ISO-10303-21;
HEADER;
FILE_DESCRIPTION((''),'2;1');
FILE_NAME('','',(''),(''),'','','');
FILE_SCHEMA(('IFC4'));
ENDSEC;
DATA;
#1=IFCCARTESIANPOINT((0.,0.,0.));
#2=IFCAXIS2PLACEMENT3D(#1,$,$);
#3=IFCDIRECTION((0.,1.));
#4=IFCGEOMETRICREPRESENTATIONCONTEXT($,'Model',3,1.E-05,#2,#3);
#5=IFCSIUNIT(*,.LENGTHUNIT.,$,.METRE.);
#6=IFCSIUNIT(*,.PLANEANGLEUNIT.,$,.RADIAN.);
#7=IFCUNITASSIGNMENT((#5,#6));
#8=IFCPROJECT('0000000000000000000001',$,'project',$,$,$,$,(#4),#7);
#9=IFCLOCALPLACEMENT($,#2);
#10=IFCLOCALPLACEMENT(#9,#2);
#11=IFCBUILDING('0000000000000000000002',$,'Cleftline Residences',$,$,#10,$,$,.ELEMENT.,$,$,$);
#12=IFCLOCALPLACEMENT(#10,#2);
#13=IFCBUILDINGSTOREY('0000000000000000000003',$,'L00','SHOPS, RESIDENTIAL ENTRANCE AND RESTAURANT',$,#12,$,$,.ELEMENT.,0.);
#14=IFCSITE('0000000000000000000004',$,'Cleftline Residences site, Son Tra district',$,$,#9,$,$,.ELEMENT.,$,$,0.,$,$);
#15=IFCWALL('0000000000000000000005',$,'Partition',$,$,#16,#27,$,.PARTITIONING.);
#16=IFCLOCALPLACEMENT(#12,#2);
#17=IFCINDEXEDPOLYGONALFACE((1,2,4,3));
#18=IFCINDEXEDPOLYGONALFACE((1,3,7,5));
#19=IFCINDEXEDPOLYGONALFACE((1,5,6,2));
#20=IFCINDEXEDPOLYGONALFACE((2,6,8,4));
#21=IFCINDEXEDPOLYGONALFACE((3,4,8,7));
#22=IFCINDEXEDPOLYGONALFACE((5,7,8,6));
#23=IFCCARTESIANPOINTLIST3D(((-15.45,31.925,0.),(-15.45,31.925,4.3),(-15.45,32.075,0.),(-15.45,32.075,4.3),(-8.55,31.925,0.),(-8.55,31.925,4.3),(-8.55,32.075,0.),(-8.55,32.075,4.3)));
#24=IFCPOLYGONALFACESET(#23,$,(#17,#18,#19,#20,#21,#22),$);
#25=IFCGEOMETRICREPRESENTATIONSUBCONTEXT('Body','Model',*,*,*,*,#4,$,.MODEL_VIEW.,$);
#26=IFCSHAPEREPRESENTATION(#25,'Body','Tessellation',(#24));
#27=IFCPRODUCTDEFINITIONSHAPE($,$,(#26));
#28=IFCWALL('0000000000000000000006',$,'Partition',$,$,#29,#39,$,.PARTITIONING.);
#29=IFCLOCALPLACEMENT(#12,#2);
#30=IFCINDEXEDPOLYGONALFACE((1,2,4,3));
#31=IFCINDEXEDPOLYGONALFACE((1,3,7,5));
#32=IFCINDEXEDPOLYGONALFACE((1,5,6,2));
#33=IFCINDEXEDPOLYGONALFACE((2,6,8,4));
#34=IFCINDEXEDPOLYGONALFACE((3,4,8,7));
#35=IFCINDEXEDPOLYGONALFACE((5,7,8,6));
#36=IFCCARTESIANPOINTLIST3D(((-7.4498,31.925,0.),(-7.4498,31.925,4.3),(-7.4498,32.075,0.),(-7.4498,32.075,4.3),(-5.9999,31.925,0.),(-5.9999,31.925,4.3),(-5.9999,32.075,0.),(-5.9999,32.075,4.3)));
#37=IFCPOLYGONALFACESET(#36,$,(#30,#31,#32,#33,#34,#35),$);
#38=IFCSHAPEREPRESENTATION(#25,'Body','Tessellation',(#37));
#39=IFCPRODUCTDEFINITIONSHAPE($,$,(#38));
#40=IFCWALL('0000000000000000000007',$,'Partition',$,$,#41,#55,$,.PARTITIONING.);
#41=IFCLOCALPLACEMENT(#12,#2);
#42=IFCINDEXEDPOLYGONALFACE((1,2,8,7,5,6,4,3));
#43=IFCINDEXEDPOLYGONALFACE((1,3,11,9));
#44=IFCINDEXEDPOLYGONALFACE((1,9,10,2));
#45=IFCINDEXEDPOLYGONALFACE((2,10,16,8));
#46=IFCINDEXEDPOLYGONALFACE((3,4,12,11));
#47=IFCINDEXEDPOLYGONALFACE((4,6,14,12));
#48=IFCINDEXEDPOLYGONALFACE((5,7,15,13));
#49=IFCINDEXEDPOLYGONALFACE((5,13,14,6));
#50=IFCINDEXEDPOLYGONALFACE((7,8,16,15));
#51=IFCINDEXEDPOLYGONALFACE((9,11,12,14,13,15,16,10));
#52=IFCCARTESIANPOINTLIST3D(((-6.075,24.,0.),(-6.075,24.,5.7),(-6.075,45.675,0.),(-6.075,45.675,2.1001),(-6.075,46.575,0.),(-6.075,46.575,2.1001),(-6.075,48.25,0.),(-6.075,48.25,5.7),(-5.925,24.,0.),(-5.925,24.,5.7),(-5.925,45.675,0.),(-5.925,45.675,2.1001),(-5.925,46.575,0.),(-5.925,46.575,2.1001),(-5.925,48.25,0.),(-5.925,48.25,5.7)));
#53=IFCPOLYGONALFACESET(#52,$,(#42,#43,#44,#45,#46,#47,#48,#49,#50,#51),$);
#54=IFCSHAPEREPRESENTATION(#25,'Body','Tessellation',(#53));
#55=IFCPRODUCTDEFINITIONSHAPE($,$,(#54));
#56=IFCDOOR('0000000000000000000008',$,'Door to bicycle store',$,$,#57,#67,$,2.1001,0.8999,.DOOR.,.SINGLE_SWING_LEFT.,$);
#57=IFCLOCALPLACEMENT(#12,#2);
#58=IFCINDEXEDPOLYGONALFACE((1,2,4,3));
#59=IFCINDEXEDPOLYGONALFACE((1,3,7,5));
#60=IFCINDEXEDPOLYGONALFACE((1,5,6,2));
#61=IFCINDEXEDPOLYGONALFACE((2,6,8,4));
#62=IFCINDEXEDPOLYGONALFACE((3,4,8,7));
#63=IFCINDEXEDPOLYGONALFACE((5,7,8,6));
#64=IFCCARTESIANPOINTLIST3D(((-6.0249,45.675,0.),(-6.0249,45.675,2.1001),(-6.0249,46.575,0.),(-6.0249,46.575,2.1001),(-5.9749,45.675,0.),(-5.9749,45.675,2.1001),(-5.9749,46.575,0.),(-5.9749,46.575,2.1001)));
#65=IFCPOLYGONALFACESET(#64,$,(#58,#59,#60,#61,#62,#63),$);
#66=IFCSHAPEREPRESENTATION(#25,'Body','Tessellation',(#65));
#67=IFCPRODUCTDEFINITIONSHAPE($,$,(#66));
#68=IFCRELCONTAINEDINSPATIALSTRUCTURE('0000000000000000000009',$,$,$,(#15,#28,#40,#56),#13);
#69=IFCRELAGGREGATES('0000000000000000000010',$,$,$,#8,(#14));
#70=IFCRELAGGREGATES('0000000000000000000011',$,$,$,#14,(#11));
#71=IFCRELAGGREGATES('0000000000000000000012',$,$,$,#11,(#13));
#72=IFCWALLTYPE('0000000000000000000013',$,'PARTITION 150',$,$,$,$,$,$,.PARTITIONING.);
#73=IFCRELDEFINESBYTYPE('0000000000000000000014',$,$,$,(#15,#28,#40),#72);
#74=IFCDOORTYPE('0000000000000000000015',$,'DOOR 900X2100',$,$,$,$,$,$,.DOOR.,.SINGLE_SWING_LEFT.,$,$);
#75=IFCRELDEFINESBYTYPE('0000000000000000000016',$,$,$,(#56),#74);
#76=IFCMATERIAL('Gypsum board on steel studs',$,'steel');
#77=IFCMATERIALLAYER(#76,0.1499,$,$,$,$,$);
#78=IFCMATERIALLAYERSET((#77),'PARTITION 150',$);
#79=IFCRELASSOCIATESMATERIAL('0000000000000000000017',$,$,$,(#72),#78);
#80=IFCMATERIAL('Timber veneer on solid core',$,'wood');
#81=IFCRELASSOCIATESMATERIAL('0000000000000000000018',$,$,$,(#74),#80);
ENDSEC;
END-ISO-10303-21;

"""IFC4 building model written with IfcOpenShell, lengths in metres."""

from ifc_helpers import new_model, si_unit, direction, frame, frame_2d, origin, place, context, subcontext, project, spatial, rectangle, extrude, material, layer, layer_set, type_object, element, fill, save


model = new_model("IFC4")

# Units and contexts
model_context = context("Model", 3, precision=1e-05, world=origin(), true_north=direction((0.0, 1.0)))
body_context = subcontext(model_context, "Body", "Model", "MODEL_VIEW")
ifc_project = project(units=[si_unit("LENGTHUNIT", "METRE"), si_unit("PLANEANGLEUNIT", "RADIAN")], contexts=[model_context])

# Site, building, storey
site_placement = place(None, origin())
site = spatial("IfcSite", under=ifc_project, at=site_placement, Name="Cleftline Residences site, Son Tra district", CompositionType="ELEMENT", RefElevation=0.0)
building_placement = place(site_placement, origin())
building = spatial("IfcBuilding", under=site, at=building_placement, Name="Cleftline Residences", CompositionType="ELEMENT")
storey_placement = place(building_placement, origin())
storey = spatial("IfcBuildingStorey", under=building, at=storey_placement, Name="L00", Description="SHOPS, RESIDENTIAL ENTRANCE AND RESTAURANT", CompositionType="ELEMENT", Elevation=0.0)

# Shared definitions
ifc_material_1 = material(Name="Gypsum board on steel studs", Category="steel")
ifc_layer = layer(ifc_material_1, 0.1499)
ifc_layer_set = layer_set([ifc_layer], Name="PARTITION 150")
wall_type = type_object("IfcWallType", Name="PARTITION 150", PredefinedType="PARTITIONING", material=ifc_layer_set)

# Walls
wall_1_placement = place(storey_placement, frame((-15.45, 32.0, 0.0), z_axis=(0.0, 0.0, 1.0), x_axis=(1.0, 0.0, 0.0)))
element("IfcWall", 1, at=wall_1_placement, inside=storey, type_object=wall_type, Name="Partition", PredefinedType="PARTITIONING", context=body_context, shape_type="SweptSolid", body=[
    extrude(rectangle(XDim=6.8999, YDim=0.1499, at=frame_2d((3.45, 0.0))), origin(), (0.0, 0.0, 1.0), 4.3),
])
wall_2_placement = place(storey_placement, frame((-7.45, 32.0, 0.0), z_axis=(0.0, 0.0, 1.0), x_axis=(1.0, 0.0, 0.0)))
element("IfcWall", 2, at=wall_2_placement, inside=storey, type_object=wall_type, Name="Partition", PredefinedType="PARTITIONING", context=body_context, shape_type="SweptSolid", body=[
    extrude(rectangle(XDim=1.45, YDim=0.1499, at=frame_2d((0.7251, 0.0))), origin(), (0.0, 0.0, 1.0), 4.3),
])

# Wall, opening, door
wall_3_placement = place(storey_placement, frame((-6.0, 24.0, 0.0), z_axis=(0.0, 0.0, 1.0), x_axis=(0.0, 1.0, 0.0)))
wall_3 = element("IfcWall", 3, at=wall_3_placement, inside=storey, type_object=wall_type, Name="Partition", PredefinedType="PARTITIONING", context=body_context, shape_type="SweptSolid", body=[
    extrude(rectangle(XDim=24.25, YDim=0.1499, at=frame_2d((12.125, 0.0))), origin(), (0.0, 0.0, 1.0), 5.7),
])
opening_1_placement = place(wall_3_placement, frame((21.675, 0.0, 0.0)))
opening_1 = element("IfcOpeningElement", 4, at=opening_1_placement, cuts=wall_3, PredefinedType="OPENING", context=body_context, shape_type="SweptSolid", body=[
    extrude(rectangle(XDim=0.8999, YDim=2.1001, at=frame_2d((0.45, 1.05))), frame((0.0, 0.085, 0.0), z_axis=(0.0, -1.0, 0.0), x_axis=(1.0, 0.0, 0.0)), (0.0, 0.0, 1.0), 0.1699),
])
ifc_material_2 = material(Name="Timber veneer on solid core", Category="wood")
door_type_1 = type_object("IfcDoorType", Name="DOOR 900X2100", OperationType="SINGLE_SWING_LEFT", PredefinedType="DOOR", material=ifc_material_2)
door_1_placement = place(opening_1_placement, origin())
door_1 = element("IfcDoor", 5, at=door_1_placement, inside=storey, type_object=door_type_1, Name="Door to bicycle store", OperationType="SINGLE_SWING_LEFT", OverallHeight=2.1001, OverallWidth=0.8999, PredefinedType="DOOR", context=body_context, shape_type="SweptSolid", body=[
    extrude(rectangle(XDim=0.8999, YDim=2.1001, at=frame_2d((0.45, 1.05))), frame((0.0, 0.0249, 0.0), z_axis=(0.0, -1.0, 0.0), x_axis=(1.0, 0.0, 0.0)), (0.0, 0.0, 1.0), 0.05),
])
fill(opening_1, door_1)

save(model, "model.ifc")
